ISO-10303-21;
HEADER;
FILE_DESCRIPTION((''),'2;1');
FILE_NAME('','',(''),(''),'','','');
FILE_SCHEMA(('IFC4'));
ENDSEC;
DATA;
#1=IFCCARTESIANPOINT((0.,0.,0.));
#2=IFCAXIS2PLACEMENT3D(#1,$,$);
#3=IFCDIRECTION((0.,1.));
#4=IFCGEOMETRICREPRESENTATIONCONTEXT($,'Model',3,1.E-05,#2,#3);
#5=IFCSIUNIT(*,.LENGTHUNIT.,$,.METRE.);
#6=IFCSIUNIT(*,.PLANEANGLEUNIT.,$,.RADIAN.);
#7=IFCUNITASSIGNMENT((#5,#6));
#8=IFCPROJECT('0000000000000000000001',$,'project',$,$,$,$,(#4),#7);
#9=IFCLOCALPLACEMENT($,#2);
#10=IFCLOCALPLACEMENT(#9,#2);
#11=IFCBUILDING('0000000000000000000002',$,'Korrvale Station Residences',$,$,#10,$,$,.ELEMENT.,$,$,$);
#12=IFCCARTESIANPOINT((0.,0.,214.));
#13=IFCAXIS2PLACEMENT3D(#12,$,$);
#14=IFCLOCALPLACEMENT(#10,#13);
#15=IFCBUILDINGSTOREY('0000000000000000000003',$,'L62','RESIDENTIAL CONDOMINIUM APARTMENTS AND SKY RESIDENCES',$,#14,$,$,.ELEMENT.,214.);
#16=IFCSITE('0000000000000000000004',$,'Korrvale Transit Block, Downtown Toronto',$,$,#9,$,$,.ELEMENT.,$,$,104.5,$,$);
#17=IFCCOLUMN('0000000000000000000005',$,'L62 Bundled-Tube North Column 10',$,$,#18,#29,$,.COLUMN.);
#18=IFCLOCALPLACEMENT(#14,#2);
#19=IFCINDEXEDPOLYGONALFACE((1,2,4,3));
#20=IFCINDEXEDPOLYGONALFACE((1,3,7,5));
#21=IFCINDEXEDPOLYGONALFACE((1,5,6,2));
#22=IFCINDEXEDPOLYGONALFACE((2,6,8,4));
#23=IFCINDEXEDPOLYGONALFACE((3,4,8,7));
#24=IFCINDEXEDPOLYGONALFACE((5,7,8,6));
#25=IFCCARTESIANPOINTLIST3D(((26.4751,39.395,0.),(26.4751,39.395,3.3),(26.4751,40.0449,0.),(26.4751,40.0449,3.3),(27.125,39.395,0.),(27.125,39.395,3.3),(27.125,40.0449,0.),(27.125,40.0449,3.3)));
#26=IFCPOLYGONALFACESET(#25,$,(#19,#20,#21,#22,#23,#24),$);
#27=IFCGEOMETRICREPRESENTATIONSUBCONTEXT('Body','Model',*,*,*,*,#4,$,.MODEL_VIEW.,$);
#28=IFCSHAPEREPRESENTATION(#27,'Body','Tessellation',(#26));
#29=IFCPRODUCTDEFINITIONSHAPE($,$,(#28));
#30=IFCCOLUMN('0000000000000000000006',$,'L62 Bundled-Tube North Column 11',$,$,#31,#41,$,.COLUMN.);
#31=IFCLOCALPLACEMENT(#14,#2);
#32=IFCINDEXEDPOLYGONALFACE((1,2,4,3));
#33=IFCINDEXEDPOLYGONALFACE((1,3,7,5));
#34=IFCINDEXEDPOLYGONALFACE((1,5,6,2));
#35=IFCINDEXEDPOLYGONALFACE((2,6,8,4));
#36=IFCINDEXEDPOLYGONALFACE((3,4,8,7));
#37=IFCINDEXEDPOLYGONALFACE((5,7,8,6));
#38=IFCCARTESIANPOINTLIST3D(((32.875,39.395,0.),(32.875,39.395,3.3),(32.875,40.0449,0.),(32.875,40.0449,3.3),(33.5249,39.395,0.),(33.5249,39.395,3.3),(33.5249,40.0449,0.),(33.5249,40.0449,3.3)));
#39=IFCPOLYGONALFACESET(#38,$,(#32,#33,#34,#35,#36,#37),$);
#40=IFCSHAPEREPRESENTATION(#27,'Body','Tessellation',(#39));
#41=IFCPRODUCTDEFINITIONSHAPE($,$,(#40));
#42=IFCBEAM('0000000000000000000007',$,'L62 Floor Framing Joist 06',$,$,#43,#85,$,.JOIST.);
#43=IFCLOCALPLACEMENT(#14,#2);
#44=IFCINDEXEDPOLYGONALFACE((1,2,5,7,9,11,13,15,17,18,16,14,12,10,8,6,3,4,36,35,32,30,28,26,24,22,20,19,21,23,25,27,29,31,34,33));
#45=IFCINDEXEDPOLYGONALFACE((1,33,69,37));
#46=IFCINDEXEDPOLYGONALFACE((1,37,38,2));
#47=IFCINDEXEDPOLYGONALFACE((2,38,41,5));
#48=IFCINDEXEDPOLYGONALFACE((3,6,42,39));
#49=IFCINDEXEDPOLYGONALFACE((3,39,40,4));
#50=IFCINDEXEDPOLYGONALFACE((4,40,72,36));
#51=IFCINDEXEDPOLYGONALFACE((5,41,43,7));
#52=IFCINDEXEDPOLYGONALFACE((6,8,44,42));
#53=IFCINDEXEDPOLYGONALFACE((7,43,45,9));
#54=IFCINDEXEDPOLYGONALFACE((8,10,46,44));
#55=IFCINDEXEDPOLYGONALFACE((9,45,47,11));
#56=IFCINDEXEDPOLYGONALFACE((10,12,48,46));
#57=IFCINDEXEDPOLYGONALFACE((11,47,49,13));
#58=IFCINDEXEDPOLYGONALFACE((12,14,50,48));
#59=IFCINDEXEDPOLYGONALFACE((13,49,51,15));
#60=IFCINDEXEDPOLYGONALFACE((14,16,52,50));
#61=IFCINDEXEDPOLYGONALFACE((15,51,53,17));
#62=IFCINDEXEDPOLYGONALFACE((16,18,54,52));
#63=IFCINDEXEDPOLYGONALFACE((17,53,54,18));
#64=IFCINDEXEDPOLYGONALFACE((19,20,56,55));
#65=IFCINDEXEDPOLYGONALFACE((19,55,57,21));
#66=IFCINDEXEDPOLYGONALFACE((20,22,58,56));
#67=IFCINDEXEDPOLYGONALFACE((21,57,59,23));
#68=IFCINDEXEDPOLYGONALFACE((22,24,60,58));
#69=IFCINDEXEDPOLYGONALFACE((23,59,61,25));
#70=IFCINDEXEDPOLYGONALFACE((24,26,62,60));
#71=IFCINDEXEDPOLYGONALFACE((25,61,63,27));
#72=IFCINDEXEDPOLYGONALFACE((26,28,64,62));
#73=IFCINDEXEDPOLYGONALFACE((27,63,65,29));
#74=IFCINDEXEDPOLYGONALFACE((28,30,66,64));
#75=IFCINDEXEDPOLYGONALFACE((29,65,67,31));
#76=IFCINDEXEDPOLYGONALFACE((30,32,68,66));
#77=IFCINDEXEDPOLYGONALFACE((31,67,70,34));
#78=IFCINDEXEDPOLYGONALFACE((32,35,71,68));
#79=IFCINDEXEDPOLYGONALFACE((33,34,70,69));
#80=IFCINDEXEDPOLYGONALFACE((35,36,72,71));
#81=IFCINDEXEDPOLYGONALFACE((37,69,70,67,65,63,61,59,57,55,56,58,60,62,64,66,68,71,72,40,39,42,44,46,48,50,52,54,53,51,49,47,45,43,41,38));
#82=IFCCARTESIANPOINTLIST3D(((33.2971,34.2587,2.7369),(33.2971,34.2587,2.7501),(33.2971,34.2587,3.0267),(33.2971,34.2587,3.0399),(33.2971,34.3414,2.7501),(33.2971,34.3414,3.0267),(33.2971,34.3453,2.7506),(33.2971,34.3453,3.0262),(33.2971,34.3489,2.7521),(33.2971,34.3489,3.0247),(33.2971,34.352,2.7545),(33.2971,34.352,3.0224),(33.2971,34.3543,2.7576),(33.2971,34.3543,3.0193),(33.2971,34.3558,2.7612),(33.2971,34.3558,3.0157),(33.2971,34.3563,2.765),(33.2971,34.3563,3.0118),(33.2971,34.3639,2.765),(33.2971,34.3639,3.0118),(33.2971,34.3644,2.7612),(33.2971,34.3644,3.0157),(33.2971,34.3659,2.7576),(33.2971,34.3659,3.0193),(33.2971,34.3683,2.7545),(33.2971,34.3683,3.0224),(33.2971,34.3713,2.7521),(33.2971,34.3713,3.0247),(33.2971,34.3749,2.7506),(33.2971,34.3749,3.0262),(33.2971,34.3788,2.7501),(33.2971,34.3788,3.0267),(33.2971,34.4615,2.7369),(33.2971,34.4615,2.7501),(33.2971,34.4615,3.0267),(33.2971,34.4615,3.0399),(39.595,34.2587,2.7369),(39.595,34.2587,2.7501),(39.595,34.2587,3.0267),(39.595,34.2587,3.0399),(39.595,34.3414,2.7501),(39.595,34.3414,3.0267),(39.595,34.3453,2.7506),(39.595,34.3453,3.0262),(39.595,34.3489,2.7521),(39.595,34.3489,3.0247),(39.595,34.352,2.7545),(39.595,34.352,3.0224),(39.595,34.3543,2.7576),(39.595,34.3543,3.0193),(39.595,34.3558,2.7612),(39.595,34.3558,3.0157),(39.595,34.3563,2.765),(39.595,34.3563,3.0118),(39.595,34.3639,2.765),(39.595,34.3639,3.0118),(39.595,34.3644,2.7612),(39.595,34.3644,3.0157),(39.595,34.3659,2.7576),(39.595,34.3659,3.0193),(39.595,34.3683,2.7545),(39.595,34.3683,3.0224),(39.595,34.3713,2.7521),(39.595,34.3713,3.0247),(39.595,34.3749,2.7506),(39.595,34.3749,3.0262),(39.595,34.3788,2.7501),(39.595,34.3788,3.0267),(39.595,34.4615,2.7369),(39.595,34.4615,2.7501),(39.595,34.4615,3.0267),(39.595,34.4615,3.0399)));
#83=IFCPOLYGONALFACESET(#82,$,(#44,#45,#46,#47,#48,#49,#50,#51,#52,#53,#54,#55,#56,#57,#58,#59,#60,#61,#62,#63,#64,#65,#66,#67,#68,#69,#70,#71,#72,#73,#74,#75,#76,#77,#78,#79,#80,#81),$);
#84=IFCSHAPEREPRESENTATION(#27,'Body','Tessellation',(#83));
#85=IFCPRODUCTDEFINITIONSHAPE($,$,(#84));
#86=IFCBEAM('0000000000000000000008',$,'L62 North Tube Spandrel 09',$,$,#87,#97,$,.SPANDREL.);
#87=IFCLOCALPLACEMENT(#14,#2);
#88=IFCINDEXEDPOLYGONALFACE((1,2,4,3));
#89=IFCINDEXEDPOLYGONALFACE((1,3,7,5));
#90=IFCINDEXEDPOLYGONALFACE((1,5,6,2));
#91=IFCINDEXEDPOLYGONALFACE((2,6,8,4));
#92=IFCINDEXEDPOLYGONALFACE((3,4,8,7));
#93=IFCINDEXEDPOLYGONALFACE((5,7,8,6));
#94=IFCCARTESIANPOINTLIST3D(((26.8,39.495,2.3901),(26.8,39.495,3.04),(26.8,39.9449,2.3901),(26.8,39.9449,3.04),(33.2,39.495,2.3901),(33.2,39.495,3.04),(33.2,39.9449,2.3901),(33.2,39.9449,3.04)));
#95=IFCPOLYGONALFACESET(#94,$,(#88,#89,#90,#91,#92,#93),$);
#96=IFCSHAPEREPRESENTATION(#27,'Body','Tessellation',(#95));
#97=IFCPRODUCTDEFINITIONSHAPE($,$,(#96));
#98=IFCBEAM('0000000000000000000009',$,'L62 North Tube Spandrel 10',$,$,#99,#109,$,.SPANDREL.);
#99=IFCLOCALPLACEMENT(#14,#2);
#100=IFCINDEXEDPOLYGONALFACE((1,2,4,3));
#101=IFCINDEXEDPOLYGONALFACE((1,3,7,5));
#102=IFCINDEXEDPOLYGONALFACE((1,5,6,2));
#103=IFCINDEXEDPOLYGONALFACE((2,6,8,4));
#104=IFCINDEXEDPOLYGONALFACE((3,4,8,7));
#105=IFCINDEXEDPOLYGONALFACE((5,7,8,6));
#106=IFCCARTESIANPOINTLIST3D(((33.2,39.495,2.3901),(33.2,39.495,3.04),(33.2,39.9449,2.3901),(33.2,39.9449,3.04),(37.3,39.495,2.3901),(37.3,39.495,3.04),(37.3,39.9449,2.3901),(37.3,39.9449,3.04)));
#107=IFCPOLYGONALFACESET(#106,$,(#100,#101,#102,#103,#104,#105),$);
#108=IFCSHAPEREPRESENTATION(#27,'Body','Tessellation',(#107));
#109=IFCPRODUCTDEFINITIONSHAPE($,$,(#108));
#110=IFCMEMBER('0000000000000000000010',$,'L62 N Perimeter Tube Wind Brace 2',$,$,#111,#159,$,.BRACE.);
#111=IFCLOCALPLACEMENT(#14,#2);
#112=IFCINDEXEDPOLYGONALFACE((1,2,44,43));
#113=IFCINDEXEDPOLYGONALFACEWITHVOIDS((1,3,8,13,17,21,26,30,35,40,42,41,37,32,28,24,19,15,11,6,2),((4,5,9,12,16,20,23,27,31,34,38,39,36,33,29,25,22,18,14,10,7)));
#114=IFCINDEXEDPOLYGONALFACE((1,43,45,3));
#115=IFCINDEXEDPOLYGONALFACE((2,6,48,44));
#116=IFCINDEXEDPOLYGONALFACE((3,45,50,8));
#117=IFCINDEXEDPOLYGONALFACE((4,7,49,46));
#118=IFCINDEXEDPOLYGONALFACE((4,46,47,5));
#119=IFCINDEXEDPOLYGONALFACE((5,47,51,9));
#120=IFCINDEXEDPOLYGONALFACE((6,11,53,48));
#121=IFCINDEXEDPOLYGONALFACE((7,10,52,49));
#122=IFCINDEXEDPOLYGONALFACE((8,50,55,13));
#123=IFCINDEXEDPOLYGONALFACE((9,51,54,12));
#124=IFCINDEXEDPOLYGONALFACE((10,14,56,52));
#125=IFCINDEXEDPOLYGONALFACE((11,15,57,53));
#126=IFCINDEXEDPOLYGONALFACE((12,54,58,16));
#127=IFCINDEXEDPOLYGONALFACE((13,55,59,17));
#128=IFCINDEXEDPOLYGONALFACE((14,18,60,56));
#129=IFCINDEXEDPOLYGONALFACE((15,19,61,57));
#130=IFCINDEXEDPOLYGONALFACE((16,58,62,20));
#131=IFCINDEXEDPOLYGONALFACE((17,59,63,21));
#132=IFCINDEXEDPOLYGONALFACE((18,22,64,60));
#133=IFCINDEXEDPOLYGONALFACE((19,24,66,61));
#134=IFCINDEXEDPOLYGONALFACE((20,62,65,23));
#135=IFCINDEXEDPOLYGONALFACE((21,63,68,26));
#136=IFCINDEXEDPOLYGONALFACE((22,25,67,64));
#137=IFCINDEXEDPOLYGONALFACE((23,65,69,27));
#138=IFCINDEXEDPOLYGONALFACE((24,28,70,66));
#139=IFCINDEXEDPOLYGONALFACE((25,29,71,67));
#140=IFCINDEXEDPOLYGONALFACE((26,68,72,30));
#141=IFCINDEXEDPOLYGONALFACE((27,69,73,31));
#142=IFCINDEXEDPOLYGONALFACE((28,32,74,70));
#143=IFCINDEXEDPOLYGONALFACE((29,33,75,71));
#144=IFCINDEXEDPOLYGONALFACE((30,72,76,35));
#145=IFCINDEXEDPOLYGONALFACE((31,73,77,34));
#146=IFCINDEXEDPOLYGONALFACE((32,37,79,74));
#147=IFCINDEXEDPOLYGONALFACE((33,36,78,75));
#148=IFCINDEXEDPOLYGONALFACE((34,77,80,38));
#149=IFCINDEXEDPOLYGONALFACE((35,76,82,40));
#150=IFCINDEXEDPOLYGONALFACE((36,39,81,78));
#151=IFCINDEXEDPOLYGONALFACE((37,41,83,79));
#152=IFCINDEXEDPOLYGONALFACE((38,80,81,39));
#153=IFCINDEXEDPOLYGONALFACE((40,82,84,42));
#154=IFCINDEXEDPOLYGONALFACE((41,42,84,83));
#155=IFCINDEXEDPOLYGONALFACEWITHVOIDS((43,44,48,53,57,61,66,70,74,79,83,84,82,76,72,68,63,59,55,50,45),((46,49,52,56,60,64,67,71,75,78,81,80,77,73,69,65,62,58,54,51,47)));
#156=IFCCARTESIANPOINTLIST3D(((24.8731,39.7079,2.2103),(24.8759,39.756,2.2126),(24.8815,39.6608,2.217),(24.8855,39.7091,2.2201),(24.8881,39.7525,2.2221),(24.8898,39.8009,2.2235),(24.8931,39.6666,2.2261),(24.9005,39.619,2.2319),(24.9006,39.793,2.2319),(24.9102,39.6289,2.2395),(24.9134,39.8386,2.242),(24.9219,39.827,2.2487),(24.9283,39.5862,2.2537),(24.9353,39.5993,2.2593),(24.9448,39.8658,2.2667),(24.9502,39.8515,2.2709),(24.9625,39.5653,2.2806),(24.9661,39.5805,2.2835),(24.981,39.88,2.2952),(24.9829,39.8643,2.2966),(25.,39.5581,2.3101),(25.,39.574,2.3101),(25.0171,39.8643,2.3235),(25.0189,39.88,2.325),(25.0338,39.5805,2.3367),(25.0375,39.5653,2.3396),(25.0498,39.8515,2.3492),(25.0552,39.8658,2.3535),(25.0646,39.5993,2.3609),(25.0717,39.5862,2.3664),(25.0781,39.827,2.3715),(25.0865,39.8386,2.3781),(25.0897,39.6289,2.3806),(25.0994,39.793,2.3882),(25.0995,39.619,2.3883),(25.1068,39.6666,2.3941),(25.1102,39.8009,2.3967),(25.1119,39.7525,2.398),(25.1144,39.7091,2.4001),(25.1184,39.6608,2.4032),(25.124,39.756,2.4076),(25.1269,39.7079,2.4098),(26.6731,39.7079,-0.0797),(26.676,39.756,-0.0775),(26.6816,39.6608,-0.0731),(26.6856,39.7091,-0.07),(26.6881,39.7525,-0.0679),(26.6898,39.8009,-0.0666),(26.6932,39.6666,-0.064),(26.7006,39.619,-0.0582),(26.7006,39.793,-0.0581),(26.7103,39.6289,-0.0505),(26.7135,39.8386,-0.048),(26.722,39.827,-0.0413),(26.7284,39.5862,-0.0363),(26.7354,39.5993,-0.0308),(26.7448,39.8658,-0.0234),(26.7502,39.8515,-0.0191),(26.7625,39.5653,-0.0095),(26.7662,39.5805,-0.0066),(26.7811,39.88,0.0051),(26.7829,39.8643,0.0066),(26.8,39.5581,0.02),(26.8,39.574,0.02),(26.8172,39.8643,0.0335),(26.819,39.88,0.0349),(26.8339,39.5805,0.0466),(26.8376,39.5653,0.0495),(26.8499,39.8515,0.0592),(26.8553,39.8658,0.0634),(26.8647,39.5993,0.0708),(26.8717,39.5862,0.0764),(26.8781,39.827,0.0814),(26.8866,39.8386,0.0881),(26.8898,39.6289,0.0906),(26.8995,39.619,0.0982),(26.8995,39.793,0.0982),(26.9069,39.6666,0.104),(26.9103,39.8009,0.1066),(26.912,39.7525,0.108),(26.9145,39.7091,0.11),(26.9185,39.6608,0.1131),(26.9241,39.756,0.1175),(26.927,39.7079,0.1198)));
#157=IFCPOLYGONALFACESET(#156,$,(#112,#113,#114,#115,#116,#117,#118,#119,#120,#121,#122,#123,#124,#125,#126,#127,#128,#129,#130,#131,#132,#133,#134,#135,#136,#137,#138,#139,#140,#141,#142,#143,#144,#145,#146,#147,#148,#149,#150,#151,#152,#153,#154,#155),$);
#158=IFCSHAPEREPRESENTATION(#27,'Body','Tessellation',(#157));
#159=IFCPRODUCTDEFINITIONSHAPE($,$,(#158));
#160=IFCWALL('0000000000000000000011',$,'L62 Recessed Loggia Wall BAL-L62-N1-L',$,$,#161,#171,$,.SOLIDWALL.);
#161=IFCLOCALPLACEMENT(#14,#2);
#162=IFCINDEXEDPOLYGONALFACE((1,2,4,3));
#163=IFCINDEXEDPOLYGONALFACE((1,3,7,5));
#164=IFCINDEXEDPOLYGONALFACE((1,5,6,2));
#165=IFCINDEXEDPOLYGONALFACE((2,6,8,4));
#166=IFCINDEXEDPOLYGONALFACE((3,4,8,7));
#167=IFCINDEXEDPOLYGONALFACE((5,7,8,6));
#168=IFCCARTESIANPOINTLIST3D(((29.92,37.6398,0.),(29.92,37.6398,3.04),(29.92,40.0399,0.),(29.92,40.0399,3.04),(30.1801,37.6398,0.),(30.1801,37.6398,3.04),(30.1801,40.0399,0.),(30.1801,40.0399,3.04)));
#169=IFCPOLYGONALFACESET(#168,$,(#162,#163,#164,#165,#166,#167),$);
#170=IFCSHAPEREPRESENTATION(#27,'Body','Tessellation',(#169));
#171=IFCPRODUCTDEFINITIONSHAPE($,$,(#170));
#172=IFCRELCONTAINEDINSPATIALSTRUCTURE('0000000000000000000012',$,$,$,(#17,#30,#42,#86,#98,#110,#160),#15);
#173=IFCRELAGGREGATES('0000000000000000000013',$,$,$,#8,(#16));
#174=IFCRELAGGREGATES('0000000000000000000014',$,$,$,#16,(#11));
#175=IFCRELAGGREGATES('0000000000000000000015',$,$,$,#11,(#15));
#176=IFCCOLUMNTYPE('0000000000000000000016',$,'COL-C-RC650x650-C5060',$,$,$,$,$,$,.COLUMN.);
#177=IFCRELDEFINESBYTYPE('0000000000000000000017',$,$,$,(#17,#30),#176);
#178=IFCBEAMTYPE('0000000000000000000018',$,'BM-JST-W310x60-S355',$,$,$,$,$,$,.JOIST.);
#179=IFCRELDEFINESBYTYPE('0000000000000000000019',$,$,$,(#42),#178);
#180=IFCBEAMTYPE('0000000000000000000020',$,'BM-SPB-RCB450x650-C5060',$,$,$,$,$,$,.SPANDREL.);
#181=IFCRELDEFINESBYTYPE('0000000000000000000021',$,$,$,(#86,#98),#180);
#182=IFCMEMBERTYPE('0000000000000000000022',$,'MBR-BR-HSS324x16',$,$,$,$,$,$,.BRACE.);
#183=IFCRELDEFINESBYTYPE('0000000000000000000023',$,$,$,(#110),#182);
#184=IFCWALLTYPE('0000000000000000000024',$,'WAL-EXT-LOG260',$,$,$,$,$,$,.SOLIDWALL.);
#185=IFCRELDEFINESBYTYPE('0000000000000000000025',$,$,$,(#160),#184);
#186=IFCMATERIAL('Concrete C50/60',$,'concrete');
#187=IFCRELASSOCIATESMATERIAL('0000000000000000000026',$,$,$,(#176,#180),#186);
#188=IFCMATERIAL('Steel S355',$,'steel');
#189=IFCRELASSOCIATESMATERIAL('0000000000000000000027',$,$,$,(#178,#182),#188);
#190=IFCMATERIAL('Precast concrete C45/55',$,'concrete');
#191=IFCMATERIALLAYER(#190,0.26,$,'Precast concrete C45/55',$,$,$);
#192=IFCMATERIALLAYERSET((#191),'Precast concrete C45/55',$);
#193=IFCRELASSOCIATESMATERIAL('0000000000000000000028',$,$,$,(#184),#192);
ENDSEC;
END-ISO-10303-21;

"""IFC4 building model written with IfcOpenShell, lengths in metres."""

from ifc_helpers import new_model, si_unit, direction, frame, frame_2d, origin, origin_2d, place, context, subcontext, project, spatial, rectangle, hollow_circle, i_section, extrude, material, layer, layer_set, material_profile, profile_set, type_object, element, save


model = new_model("IFC4")

# Units and contexts
model_context = context("Model", 3, precision=1e-05, world=origin(), true_north=direction((0.0, 1.0)))
body_context = subcontext(model_context, "Body", "Model", "MODEL_VIEW")
ifc_project = project(units=[si_unit("LENGTHUNIT", "METRE"), si_unit("PLANEANGLEUNIT", "RADIAN")], contexts=[model_context])

# Site, building, storey
site_placement = place(None, origin())
site = spatial("IfcSite", under=ifc_project, at=site_placement, Name="Korrvale Transit Block, Downtown Toronto", CompositionType="ELEMENT", RefElevation=104.5)
building_placement = place(site_placement, origin())
building = spatial("IfcBuilding", under=site, at=building_placement, Name="Korrvale Station Residences", CompositionType="ELEMENT")
storey_placement = place(building_placement, frame((0.0, 0.0, 214.0)))
storey = spatial("IfcBuildingStorey", under=building, at=storey_placement, Name="L62", Description="RESIDENTIAL CONDOMINIUM APARTMENTS AND SKY RESIDENCES", CompositionType="ELEMENT", Elevation=214.0)

# Columns
ifc_material_1 = material(Name="Concrete C50/60", Category="concrete")
ifc_material_profile_1 = material_profile(ifc_material_1, rectangle(XDim=0.6499, YDim=0.6499, at=origin_2d()), Name="RC650x650")
ifc_profile_set_1 = profile_set([ifc_material_profile_1], Name="Concrete C50/60")
column_type = type_object("IfcColumnType", Name="COL-C-RC650x650-C5060", PredefinedType="COLUMN", material=ifc_profile_set_1)
for number, where, z_axis, x_axis, name in (
    (1, (26.8, 39.72, 0.0), (0.0, 0.0, 1.0), (1.0, 0.0, 0.0), "L62 Bundled-Tube North Column 10"),
    (2, (33.2, 39.72, 0.0), (0.0, 0.0, 1.0), (1.0, 0.0, 0.0), "L62 Bundled-Tube North Column 11"),
):
    element("IfcColumn", number, at=place(storey_placement, frame(where, z_axis=z_axis, x_axis=x_axis)), inside=storey, type_object=column_type, Name=name, PredefinedType="COLUMN", context=body_context, shape_type="SweptSolid", body=[
        extrude(rectangle(XDim=0.6499, YDim=0.6499, at=origin_2d()), origin(), (0.0, 0.0, 1.0), 3.3),
    ])

# Beams
ifc_material_2 = material(Name="Steel S355", Category="steel")
ifc_material_profile_2 = material_profile(ifc_material_2, i_section(OverallWidth=0.2029, OverallDepth=0.303, WebThickness=0.0076, FlangeThickness=0.0132, FilletRadius=0.0149, at=origin_2d()), Name="W310x60")
ifc_profile_set_2 = profile_set([ifc_material_profile_2], Name="Steel S355")
beam_type_1 = type_object("IfcBeamType", Name="BM-JST-W310x60-S355", PredefinedType="JOIST", material=ifc_profile_set_2)
beam_1_placement = place(storey_placement, frame((33.2971, 34.3601, 2.8884), z_axis=(1.0, 0.0, 0.0), x_axis=(0.0, 1.0, 0.0)))
element("IfcBeam", 3, at=beam_1_placement, inside=storey, type_object=beam_type_1, Name="L62 Floor Framing Joist 06", PredefinedType="JOIST", context=body_context, shape_type="SweptSolid", body=[
    extrude(i_section(OverallWidth=0.2029, OverallDepth=0.303, WebThickness=0.0076, FlangeThickness=0.0132, FilletRadius=0.0149, at=origin_2d()), origin(), (0.0, 0.0, 1.0), 6.2979),
])
ifc_material_profile_3 = material_profile(ifc_material_1, rectangle(XDim=0.45, YDim=0.6499, at=origin_2d()), Name="RCB450x650")
ifc_profile_set_3 = profile_set([ifc_material_profile_3], Name="Concrete C50/60")
beam_type_2 = type_object("IfcBeamType", Name="BM-SPB-RCB450x650-C5060", PredefinedType="SPANDREL", material=ifc_profile_set_3)
beam_2_placement = place(storey_placement, frame((26.8, 39.72, 2.7151), z_axis=(1.0, 0.0, 0.0), x_axis=(0.0, 1.0, 0.0)))
element("IfcBeam", 4, at=beam_2_placement, inside=storey, type_object=beam_type_2, Name="L62 North Tube Spandrel 09", PredefinedType="SPANDREL", context=body_context, shape_type="SweptSolid", body=[
    extrude(rectangle(XDim=0.45, YDim=0.6499, at=origin_2d()), origin(), (0.0, 0.0, 1.0), 6.3999),
])
beam_3_placement = place(storey_placement, frame((33.2, 39.72, 2.7151), z_axis=(1.0, 0.0, 0.0), x_axis=(0.0, 1.0, 0.0)))
element("IfcBeam", 5, at=beam_3_placement, inside=storey, type_object=beam_type_2, Name="L62 North Tube Spandrel 10", PredefinedType="SPANDREL", context=body_context, shape_type="SweptSolid", body=[
    extrude(rectangle(XDim=0.45, YDim=0.6499, at=origin_2d()), origin(), (0.0, 0.0, 1.0), 4.1001),
])

# Member
ifc_material_profile_4 = material_profile(ifc_material_2, hollow_circle(Radius=0.1619, WallThickness=0.0159, at=origin_2d()), Name="HSS324x16")
ifc_profile_set_4 = profile_set([ifc_material_profile_4], Name="Steel S355")
member_type = type_object("IfcMemberType", Name="MBR-BR-HSS324x16", PredefinedType="BRACE", material=ifc_profile_set_4)
member_placement = place(storey_placement, frame((26.8, 39.72, 0.02), z_axis=(-0.617977, 0.0, 0.786196), x_axis=(0.0, -1.0, 0.0)))
element("IfcMember", 6, at=member_placement, inside=storey, type_object=member_type, Name="L62 N Perimeter Tube Wind Brace 2", PredefinedType="BRACE", context=body_context, shape_type="SweptSolid", body=[
    extrude(hollow_circle(Radius=0.1619, WallThickness=0.0159, at=origin_2d()), origin(), (0.0, 0.0, 1.0), 2.9128),
])

# Wall
ifc_material_3 = material(Name="Precast concrete C45/55", Category="concrete")
ifc_layer_1 = layer(ifc_material_3, 0.26, Name="Precast concrete C45/55")
ifc_layer_set_1 = layer_set([ifc_layer_1], Name="Precast concrete C45/55")
wall_type_1 = type_object("IfcWallType", Name="WAL-EXT-LOG260", PredefinedType="SOLIDWALL", material=ifc_layer_set_1)
wall_1_placement = place(storey_placement, frame((30.05, 40.04, 0.0), z_axis=(0.0, 0.0, 1.0), x_axis=(0.0, -1.0, 0.0)))
element("IfcWall", 7, at=wall_1_placement, inside=storey, type_object=wall_type_1, Name="L62 Recessed Loggia Wall BAL-L62-N1-L", PredefinedType="SOLIDWALL", context=body_context, shape_type="SweptSolid", body=[
    extrude(rectangle(XDim=2.4001, YDim=0.26, at=frame_2d((1.2002, 0.0))), origin(), (0.0, 0.0, 1.0), 3.04),
])

save(model, "model.ifc")
